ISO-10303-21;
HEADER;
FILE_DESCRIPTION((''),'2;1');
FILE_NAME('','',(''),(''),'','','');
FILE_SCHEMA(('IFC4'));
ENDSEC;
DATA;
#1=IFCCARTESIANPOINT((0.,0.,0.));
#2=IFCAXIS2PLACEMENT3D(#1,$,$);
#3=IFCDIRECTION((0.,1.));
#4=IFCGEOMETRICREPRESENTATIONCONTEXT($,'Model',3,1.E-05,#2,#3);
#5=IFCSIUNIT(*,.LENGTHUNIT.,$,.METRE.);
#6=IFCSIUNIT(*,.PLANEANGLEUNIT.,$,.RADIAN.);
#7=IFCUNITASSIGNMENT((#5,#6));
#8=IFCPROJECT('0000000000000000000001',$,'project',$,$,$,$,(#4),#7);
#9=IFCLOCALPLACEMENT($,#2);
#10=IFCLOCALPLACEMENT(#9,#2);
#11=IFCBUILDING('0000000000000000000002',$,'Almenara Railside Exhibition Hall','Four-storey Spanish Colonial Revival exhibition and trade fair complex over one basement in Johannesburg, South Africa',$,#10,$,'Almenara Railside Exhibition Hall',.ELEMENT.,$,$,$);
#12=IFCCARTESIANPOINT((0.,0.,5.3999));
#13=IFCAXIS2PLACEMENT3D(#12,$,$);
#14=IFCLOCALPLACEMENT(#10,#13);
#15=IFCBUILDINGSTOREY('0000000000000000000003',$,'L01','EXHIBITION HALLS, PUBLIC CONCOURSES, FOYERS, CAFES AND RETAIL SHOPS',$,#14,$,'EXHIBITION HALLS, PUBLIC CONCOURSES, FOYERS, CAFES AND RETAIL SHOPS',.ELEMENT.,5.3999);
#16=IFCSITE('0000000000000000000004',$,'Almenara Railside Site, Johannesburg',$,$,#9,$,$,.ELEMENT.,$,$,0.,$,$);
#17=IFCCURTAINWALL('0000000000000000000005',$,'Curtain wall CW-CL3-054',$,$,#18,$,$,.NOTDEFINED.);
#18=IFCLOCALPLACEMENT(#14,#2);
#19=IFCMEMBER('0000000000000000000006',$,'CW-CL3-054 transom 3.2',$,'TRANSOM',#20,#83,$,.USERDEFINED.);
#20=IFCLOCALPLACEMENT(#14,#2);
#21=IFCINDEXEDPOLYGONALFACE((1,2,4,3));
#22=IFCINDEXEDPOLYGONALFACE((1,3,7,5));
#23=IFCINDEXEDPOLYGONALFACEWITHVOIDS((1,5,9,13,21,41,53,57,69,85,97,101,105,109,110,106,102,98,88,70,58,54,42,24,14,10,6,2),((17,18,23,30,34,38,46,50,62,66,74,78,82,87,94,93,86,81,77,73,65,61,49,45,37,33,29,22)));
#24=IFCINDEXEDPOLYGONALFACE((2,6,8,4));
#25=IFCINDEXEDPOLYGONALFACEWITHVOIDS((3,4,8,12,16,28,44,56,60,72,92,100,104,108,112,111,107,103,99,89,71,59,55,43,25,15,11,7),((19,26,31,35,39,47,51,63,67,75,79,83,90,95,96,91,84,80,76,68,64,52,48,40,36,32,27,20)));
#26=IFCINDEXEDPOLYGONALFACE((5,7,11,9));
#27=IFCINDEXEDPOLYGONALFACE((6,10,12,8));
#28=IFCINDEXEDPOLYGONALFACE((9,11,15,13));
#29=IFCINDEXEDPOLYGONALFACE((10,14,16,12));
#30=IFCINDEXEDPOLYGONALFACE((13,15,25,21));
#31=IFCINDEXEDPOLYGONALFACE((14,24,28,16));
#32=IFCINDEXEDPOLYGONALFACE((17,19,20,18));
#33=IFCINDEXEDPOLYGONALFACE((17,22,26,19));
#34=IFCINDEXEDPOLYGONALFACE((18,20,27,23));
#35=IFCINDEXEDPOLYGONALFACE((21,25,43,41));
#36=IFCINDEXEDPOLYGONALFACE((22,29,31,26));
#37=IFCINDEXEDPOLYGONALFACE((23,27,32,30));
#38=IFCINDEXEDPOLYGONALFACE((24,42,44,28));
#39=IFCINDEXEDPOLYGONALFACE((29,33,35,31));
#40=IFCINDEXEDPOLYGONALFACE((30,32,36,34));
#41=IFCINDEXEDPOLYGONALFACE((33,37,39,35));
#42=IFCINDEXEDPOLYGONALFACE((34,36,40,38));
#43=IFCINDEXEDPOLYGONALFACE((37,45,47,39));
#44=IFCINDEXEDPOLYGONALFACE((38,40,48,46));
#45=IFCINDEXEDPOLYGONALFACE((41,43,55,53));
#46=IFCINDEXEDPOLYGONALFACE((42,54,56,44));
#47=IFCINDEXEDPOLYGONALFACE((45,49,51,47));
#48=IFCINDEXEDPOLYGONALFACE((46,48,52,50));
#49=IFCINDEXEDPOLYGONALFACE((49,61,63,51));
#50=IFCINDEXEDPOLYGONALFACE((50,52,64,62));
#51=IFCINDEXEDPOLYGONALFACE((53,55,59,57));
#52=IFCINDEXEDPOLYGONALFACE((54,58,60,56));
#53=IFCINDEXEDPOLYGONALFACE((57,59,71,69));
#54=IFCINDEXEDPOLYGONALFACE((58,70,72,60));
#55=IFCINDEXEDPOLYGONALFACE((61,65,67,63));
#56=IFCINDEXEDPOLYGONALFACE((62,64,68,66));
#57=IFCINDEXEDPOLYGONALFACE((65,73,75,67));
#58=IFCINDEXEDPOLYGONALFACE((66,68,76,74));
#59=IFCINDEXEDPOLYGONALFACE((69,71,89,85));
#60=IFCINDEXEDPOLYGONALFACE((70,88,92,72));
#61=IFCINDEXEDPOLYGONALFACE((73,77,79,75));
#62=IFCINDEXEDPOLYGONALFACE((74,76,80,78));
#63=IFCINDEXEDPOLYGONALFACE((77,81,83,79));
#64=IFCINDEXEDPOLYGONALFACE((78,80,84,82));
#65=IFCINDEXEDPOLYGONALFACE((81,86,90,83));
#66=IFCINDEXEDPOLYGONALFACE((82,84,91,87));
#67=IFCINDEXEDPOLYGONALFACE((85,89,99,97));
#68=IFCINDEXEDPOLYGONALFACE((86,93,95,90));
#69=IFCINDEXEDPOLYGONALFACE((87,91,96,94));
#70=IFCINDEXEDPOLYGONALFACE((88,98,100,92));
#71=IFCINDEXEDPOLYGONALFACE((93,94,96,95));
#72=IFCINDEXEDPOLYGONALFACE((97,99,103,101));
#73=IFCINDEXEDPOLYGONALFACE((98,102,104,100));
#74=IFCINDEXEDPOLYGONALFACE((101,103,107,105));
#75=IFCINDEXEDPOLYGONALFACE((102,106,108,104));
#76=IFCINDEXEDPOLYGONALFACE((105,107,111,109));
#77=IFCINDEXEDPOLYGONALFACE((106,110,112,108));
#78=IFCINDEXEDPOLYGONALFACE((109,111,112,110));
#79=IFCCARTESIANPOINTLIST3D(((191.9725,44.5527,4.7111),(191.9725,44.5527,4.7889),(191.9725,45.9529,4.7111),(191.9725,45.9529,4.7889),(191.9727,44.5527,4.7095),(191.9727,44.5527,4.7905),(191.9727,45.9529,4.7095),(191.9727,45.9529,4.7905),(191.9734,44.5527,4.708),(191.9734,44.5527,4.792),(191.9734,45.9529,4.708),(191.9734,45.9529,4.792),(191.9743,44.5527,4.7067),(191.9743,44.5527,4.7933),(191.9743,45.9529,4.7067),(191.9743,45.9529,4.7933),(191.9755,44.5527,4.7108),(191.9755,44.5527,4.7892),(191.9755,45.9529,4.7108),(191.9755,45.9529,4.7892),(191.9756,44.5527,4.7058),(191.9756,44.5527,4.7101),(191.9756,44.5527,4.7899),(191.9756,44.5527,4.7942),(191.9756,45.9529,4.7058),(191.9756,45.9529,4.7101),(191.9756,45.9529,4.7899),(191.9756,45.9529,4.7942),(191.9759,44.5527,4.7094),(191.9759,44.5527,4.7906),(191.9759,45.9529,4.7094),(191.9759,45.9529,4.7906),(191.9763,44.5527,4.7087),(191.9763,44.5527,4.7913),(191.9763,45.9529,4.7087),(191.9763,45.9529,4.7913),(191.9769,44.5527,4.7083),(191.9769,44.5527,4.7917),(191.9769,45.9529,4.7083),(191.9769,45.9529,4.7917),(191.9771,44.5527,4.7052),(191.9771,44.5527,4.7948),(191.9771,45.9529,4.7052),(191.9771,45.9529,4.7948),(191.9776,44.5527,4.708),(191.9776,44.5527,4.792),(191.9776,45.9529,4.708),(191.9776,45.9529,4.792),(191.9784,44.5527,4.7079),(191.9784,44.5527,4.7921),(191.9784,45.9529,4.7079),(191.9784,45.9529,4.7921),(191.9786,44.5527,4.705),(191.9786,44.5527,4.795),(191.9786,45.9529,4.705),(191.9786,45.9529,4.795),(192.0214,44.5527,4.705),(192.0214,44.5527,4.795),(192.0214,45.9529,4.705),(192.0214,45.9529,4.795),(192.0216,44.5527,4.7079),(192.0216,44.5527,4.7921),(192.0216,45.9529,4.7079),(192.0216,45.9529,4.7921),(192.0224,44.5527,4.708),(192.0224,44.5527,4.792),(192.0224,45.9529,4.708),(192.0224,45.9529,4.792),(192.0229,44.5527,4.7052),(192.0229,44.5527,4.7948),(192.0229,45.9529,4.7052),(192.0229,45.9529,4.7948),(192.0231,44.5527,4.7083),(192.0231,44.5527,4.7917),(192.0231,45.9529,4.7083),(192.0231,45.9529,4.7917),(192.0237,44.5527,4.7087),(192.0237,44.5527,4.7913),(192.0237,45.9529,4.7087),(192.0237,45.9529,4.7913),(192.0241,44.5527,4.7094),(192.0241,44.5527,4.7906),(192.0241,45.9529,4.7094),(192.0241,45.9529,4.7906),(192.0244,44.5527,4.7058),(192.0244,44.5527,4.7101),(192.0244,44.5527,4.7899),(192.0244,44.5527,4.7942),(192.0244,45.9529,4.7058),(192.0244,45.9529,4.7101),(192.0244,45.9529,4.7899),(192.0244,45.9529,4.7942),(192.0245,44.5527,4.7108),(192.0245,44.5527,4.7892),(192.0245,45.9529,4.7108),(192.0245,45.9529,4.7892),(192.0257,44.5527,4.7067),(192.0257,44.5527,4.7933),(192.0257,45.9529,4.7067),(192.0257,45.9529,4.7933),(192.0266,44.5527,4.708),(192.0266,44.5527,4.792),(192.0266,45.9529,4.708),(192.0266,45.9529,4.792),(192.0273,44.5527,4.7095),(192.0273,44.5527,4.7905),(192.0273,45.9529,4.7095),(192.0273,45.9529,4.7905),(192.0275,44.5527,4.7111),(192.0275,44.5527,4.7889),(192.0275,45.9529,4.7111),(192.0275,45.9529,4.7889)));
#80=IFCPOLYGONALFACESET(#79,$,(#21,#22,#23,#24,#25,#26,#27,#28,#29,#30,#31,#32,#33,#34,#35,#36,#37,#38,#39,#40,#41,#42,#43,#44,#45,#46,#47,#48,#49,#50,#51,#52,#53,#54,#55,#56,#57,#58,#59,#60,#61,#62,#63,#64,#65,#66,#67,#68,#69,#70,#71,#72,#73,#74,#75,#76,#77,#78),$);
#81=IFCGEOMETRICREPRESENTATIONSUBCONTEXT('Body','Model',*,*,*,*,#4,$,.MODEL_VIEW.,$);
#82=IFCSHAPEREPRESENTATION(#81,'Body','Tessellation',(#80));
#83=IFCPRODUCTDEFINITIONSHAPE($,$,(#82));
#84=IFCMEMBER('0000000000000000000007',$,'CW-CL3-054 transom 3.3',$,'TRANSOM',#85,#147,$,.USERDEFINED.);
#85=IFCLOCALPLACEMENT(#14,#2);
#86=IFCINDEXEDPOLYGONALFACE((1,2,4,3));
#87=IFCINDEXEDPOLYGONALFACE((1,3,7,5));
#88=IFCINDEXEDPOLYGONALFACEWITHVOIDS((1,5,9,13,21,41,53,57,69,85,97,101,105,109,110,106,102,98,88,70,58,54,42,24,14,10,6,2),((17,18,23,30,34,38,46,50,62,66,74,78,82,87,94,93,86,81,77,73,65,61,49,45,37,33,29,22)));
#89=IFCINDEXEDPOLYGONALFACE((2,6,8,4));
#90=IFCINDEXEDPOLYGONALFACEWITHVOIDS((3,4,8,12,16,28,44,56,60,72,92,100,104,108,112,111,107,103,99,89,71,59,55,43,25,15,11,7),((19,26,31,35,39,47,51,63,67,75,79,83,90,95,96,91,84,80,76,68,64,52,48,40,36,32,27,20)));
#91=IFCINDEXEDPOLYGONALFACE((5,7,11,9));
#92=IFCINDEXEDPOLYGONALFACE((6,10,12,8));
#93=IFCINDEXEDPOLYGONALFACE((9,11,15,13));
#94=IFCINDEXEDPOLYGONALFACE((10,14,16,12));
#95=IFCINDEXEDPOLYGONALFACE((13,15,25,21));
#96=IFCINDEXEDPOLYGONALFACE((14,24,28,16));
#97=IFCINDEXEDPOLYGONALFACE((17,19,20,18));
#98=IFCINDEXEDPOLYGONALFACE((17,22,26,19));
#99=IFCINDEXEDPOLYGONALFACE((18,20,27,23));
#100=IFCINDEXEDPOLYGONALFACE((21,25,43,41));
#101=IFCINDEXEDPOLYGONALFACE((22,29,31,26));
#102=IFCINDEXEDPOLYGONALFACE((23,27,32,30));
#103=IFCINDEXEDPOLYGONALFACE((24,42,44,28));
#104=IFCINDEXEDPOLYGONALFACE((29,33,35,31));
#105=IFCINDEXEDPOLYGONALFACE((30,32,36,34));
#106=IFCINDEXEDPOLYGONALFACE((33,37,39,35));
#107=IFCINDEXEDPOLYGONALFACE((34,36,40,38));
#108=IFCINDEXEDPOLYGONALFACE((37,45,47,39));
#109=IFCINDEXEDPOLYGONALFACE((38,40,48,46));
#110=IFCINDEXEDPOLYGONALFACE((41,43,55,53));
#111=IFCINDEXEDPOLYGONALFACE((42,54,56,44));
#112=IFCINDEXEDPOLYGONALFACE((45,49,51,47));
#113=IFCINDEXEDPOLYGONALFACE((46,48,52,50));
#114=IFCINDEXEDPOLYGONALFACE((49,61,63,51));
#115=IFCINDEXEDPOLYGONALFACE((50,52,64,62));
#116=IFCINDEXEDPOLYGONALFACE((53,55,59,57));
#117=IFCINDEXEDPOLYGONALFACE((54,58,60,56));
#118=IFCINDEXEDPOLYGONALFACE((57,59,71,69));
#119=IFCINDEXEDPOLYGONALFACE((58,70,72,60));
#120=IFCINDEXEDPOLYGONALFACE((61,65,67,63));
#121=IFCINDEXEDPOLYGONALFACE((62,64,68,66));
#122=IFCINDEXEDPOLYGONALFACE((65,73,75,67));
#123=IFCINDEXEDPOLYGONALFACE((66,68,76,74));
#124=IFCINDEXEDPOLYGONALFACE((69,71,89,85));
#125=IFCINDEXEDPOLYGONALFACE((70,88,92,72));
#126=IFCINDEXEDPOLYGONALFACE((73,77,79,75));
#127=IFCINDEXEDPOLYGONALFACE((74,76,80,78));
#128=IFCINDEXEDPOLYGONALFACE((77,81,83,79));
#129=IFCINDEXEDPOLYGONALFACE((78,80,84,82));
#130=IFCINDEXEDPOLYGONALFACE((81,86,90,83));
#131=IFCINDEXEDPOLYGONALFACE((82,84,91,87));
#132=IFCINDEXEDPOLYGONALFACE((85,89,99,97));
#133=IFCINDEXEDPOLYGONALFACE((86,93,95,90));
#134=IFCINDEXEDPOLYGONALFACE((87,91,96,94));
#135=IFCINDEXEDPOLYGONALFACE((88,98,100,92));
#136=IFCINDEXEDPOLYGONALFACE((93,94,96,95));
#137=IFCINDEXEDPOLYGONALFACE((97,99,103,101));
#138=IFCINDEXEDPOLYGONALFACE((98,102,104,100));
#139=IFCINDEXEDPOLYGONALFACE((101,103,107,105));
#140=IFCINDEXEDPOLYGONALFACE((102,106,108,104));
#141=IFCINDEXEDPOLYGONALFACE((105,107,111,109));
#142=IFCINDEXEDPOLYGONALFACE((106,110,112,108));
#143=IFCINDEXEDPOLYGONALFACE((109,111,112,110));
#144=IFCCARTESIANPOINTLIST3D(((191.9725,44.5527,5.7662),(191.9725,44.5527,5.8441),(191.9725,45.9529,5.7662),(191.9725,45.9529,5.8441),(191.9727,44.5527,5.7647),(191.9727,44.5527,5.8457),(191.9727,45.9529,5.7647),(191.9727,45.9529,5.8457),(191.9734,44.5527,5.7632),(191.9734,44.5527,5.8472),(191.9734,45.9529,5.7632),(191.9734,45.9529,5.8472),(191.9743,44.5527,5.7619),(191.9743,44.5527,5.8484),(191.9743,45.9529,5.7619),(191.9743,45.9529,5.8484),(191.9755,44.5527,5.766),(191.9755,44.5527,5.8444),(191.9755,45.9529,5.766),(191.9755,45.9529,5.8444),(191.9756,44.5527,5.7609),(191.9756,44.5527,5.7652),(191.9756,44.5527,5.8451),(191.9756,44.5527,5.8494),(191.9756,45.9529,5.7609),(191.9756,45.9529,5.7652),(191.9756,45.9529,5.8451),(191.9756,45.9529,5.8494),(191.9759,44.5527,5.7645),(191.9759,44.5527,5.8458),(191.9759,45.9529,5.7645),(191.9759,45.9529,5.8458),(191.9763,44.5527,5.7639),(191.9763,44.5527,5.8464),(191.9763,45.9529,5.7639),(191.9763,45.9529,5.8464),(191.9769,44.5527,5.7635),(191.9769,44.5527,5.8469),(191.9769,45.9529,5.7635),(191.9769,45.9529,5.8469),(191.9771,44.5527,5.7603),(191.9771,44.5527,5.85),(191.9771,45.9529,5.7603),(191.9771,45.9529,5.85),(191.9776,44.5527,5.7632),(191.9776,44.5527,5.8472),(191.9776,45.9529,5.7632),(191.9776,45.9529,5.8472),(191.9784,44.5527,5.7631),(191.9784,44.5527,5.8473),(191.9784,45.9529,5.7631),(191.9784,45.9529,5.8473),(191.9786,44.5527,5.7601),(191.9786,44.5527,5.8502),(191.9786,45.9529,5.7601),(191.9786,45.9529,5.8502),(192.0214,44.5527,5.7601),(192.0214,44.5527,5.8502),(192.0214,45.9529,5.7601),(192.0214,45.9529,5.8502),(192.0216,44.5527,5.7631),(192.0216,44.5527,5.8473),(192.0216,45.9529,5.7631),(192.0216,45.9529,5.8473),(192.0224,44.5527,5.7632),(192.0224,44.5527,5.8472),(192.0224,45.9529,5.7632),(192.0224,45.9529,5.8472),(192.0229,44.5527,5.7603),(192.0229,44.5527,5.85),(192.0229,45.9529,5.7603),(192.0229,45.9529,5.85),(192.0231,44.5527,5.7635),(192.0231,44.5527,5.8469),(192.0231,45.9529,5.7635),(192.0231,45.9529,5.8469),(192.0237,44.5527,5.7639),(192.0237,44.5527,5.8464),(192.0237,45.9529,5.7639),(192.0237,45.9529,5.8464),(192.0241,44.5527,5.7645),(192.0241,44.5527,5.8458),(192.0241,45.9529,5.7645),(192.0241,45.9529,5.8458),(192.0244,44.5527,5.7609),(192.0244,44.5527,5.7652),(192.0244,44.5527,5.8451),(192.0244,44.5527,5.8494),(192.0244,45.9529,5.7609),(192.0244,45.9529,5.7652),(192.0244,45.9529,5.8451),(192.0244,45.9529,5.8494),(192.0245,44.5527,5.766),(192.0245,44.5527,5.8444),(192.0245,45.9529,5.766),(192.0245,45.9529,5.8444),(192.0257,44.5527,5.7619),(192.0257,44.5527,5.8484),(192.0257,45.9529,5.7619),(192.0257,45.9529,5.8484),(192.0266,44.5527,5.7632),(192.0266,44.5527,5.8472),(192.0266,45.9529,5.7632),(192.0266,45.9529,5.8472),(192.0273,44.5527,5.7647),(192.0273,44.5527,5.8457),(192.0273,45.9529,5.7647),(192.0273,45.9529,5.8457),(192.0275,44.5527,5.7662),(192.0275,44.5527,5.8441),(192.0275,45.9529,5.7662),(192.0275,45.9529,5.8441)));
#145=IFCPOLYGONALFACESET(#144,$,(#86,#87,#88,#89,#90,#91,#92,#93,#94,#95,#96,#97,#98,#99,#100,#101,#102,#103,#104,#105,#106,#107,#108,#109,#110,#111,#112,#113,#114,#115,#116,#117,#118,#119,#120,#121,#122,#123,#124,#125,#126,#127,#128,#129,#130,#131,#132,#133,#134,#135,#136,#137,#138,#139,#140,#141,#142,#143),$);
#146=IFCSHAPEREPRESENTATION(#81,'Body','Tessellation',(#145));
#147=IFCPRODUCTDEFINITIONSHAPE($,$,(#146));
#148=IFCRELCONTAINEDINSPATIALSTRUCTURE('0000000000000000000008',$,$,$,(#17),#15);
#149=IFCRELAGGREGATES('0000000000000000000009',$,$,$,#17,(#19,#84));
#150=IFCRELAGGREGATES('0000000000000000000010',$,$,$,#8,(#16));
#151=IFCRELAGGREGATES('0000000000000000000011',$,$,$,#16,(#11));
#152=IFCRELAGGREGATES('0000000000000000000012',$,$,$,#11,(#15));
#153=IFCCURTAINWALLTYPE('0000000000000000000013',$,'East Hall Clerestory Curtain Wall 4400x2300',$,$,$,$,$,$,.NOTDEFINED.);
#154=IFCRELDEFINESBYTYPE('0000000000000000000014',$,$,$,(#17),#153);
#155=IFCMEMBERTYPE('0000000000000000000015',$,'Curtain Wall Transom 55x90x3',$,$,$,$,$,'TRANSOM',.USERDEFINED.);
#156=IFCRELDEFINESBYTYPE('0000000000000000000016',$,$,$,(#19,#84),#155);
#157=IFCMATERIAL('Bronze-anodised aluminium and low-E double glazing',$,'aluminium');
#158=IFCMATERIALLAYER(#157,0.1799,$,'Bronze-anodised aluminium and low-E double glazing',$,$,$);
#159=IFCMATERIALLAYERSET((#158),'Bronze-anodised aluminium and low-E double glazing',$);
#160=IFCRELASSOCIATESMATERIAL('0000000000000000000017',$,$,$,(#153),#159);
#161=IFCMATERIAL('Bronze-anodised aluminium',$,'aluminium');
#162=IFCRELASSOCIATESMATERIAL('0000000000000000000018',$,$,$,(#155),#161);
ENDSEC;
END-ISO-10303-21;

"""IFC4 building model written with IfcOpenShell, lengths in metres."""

from ifc_helpers import new_model, si_unit, direction, frame, origin, origin_2d, place, context, subcontext, project, spatial, hollow_rectangle, extrude, material, layer, layer_set, material_profile, profile_set, type_object, element, aggregate, save


model = new_model("IFC4")

# Units and contexts
model_context = context("Model", 3, precision=1e-05, world=origin(), true_north=direction((0.0, 1.0)))
body_context = subcontext(model_context, "Body", "Model", "MODEL_VIEW")
ifc_project = project(units=[si_unit("LENGTHUNIT", "METRE"), si_unit("PLANEANGLEUNIT", "RADIAN")], contexts=[model_context])

# Site, building, storey
site_placement = place(None, origin())
site = spatial("IfcSite", under=ifc_project, at=site_placement, Name="Almenara Railside Site, Johannesburg", CompositionType="ELEMENT", RefElevation=0.0)
building_placement = place(site_placement, origin())
building = spatial("IfcBuilding", under=site, at=building_placement, Name="Almenara Railside Exhibition Hall", Description="Four-storey Spanish Colonial Revival exhibition and trade fair complex over one basement in Johannesburg, South Africa", LongName="Almenara Railside Exhibition Hall", CompositionType="ELEMENT")
storey_placement = place(building_placement, frame((0.0, 0.0, 5.3999)))
storey = spatial("IfcBuildingStorey", under=building, at=storey_placement, Name="L01", Description="EXHIBITION HALLS, PUBLIC CONCOURSES, FOYERS, CAFES AND RETAIL SHOPS", LongName="EXHIBITION HALLS, PUBLIC CONCOURSES, FOYERS, CAFES AND RETAIL SHOPS", CompositionType="ELEMENT", Elevation=5.3999)

# Curtain wall
ifc_material_1 = material(Name="Bronze-anodised aluminium and low-E double glazing", Category="aluminium")
ifc_layer_1 = layer(ifc_material_1, 0.1799, Name="Bronze-anodised aluminium and low-E double glazing")
ifc_layer_set_1 = layer_set([ifc_layer_1], Name="Bronze-anodised aluminium and low-E double glazing")
curtain_wall_type_1 = type_object("IfcCurtainWallType", Name="East Hall Clerestory Curtain Wall 4400x2300", PredefinedType="NOTDEFINED", material=ifc_layer_set_1)
curtain_wall_1_placement = place(storey_placement, origin())
curtain_wall_1 = element("IfcCurtainWall", 1, at=curtain_wall_1_placement, inside=storey, type_object=curtain_wall_type_1, Name="Curtain wall CW-CL3-054", PredefinedType="NOTDEFINED")
ifc_material_2 = material(Name="Bronze-anodised aluminium", Category="aluminium")

# Members
ifc_material_profile_1 = material_profile(ifc_material_2, hollow_rectangle(XDim=0.0549, YDim=0.0901, WallThickness=0.0029, InnerFilletRadius=0.0029, OuterFilletRadius=0.0061, at=origin_2d()), Name="ALU-TRN 55x90x3")
ifc_profile_set_1 = profile_set([ifc_material_profile_1], Name="Bronze-anodised aluminium")
member_type_1 = type_object("IfcMemberType", Name="Curtain Wall Transom 55x90x3", ElementType="TRANSOM", PredefinedType="USERDEFINED", material=ifc_profile_set_1)
member_1_placement = place(storey_placement, frame((192.0, 44.5527, 4.75), z_axis=(0.0, 1.0, 0.0), x_axis=(-1.0, 0.0, 0.0)))
member_1 = element("IfcMember", 2, at=member_1_placement, type_object=member_type_1, Name="CW-CL3-054 transom 3.2", ObjectType="TRANSOM", PredefinedType="USERDEFINED", context=body_context, shape_type="SweptSolid", body=[
    extrude(hollow_rectangle(XDim=0.0549, YDim=0.0901, WallThickness=0.0029, InnerFilletRadius=0.0029, OuterFilletRadius=0.0061, at=origin_2d()), origin(), (0.0, 0.0, 1.0), 1.4001),
])
member_2_placement = place(storey_placement, frame((192.0, 44.5527, 5.8052), z_axis=(0.0, 1.0, 0.0), x_axis=(-1.0, 0.0, 0.0)))
member_2 = element("IfcMember", 3, at=member_2_placement, type_object=member_type_1, Name="CW-CL3-054 transom 3.3", ObjectType="TRANSOM", PredefinedType="USERDEFINED", context=body_context, shape_type="SweptSolid", body=[
    extrude(hollow_rectangle(XDim=0.0549, YDim=0.0901, WallThickness=0.0029, InnerFilletRadius=0.0029, OuterFilletRadius=0.0061, at=origin_2d()), origin(), (0.0, 0.0, 1.0), 1.4001),
])

aggregate(curtain_wall_1, [member_1, member_2])

save(model, "model.ifc")
